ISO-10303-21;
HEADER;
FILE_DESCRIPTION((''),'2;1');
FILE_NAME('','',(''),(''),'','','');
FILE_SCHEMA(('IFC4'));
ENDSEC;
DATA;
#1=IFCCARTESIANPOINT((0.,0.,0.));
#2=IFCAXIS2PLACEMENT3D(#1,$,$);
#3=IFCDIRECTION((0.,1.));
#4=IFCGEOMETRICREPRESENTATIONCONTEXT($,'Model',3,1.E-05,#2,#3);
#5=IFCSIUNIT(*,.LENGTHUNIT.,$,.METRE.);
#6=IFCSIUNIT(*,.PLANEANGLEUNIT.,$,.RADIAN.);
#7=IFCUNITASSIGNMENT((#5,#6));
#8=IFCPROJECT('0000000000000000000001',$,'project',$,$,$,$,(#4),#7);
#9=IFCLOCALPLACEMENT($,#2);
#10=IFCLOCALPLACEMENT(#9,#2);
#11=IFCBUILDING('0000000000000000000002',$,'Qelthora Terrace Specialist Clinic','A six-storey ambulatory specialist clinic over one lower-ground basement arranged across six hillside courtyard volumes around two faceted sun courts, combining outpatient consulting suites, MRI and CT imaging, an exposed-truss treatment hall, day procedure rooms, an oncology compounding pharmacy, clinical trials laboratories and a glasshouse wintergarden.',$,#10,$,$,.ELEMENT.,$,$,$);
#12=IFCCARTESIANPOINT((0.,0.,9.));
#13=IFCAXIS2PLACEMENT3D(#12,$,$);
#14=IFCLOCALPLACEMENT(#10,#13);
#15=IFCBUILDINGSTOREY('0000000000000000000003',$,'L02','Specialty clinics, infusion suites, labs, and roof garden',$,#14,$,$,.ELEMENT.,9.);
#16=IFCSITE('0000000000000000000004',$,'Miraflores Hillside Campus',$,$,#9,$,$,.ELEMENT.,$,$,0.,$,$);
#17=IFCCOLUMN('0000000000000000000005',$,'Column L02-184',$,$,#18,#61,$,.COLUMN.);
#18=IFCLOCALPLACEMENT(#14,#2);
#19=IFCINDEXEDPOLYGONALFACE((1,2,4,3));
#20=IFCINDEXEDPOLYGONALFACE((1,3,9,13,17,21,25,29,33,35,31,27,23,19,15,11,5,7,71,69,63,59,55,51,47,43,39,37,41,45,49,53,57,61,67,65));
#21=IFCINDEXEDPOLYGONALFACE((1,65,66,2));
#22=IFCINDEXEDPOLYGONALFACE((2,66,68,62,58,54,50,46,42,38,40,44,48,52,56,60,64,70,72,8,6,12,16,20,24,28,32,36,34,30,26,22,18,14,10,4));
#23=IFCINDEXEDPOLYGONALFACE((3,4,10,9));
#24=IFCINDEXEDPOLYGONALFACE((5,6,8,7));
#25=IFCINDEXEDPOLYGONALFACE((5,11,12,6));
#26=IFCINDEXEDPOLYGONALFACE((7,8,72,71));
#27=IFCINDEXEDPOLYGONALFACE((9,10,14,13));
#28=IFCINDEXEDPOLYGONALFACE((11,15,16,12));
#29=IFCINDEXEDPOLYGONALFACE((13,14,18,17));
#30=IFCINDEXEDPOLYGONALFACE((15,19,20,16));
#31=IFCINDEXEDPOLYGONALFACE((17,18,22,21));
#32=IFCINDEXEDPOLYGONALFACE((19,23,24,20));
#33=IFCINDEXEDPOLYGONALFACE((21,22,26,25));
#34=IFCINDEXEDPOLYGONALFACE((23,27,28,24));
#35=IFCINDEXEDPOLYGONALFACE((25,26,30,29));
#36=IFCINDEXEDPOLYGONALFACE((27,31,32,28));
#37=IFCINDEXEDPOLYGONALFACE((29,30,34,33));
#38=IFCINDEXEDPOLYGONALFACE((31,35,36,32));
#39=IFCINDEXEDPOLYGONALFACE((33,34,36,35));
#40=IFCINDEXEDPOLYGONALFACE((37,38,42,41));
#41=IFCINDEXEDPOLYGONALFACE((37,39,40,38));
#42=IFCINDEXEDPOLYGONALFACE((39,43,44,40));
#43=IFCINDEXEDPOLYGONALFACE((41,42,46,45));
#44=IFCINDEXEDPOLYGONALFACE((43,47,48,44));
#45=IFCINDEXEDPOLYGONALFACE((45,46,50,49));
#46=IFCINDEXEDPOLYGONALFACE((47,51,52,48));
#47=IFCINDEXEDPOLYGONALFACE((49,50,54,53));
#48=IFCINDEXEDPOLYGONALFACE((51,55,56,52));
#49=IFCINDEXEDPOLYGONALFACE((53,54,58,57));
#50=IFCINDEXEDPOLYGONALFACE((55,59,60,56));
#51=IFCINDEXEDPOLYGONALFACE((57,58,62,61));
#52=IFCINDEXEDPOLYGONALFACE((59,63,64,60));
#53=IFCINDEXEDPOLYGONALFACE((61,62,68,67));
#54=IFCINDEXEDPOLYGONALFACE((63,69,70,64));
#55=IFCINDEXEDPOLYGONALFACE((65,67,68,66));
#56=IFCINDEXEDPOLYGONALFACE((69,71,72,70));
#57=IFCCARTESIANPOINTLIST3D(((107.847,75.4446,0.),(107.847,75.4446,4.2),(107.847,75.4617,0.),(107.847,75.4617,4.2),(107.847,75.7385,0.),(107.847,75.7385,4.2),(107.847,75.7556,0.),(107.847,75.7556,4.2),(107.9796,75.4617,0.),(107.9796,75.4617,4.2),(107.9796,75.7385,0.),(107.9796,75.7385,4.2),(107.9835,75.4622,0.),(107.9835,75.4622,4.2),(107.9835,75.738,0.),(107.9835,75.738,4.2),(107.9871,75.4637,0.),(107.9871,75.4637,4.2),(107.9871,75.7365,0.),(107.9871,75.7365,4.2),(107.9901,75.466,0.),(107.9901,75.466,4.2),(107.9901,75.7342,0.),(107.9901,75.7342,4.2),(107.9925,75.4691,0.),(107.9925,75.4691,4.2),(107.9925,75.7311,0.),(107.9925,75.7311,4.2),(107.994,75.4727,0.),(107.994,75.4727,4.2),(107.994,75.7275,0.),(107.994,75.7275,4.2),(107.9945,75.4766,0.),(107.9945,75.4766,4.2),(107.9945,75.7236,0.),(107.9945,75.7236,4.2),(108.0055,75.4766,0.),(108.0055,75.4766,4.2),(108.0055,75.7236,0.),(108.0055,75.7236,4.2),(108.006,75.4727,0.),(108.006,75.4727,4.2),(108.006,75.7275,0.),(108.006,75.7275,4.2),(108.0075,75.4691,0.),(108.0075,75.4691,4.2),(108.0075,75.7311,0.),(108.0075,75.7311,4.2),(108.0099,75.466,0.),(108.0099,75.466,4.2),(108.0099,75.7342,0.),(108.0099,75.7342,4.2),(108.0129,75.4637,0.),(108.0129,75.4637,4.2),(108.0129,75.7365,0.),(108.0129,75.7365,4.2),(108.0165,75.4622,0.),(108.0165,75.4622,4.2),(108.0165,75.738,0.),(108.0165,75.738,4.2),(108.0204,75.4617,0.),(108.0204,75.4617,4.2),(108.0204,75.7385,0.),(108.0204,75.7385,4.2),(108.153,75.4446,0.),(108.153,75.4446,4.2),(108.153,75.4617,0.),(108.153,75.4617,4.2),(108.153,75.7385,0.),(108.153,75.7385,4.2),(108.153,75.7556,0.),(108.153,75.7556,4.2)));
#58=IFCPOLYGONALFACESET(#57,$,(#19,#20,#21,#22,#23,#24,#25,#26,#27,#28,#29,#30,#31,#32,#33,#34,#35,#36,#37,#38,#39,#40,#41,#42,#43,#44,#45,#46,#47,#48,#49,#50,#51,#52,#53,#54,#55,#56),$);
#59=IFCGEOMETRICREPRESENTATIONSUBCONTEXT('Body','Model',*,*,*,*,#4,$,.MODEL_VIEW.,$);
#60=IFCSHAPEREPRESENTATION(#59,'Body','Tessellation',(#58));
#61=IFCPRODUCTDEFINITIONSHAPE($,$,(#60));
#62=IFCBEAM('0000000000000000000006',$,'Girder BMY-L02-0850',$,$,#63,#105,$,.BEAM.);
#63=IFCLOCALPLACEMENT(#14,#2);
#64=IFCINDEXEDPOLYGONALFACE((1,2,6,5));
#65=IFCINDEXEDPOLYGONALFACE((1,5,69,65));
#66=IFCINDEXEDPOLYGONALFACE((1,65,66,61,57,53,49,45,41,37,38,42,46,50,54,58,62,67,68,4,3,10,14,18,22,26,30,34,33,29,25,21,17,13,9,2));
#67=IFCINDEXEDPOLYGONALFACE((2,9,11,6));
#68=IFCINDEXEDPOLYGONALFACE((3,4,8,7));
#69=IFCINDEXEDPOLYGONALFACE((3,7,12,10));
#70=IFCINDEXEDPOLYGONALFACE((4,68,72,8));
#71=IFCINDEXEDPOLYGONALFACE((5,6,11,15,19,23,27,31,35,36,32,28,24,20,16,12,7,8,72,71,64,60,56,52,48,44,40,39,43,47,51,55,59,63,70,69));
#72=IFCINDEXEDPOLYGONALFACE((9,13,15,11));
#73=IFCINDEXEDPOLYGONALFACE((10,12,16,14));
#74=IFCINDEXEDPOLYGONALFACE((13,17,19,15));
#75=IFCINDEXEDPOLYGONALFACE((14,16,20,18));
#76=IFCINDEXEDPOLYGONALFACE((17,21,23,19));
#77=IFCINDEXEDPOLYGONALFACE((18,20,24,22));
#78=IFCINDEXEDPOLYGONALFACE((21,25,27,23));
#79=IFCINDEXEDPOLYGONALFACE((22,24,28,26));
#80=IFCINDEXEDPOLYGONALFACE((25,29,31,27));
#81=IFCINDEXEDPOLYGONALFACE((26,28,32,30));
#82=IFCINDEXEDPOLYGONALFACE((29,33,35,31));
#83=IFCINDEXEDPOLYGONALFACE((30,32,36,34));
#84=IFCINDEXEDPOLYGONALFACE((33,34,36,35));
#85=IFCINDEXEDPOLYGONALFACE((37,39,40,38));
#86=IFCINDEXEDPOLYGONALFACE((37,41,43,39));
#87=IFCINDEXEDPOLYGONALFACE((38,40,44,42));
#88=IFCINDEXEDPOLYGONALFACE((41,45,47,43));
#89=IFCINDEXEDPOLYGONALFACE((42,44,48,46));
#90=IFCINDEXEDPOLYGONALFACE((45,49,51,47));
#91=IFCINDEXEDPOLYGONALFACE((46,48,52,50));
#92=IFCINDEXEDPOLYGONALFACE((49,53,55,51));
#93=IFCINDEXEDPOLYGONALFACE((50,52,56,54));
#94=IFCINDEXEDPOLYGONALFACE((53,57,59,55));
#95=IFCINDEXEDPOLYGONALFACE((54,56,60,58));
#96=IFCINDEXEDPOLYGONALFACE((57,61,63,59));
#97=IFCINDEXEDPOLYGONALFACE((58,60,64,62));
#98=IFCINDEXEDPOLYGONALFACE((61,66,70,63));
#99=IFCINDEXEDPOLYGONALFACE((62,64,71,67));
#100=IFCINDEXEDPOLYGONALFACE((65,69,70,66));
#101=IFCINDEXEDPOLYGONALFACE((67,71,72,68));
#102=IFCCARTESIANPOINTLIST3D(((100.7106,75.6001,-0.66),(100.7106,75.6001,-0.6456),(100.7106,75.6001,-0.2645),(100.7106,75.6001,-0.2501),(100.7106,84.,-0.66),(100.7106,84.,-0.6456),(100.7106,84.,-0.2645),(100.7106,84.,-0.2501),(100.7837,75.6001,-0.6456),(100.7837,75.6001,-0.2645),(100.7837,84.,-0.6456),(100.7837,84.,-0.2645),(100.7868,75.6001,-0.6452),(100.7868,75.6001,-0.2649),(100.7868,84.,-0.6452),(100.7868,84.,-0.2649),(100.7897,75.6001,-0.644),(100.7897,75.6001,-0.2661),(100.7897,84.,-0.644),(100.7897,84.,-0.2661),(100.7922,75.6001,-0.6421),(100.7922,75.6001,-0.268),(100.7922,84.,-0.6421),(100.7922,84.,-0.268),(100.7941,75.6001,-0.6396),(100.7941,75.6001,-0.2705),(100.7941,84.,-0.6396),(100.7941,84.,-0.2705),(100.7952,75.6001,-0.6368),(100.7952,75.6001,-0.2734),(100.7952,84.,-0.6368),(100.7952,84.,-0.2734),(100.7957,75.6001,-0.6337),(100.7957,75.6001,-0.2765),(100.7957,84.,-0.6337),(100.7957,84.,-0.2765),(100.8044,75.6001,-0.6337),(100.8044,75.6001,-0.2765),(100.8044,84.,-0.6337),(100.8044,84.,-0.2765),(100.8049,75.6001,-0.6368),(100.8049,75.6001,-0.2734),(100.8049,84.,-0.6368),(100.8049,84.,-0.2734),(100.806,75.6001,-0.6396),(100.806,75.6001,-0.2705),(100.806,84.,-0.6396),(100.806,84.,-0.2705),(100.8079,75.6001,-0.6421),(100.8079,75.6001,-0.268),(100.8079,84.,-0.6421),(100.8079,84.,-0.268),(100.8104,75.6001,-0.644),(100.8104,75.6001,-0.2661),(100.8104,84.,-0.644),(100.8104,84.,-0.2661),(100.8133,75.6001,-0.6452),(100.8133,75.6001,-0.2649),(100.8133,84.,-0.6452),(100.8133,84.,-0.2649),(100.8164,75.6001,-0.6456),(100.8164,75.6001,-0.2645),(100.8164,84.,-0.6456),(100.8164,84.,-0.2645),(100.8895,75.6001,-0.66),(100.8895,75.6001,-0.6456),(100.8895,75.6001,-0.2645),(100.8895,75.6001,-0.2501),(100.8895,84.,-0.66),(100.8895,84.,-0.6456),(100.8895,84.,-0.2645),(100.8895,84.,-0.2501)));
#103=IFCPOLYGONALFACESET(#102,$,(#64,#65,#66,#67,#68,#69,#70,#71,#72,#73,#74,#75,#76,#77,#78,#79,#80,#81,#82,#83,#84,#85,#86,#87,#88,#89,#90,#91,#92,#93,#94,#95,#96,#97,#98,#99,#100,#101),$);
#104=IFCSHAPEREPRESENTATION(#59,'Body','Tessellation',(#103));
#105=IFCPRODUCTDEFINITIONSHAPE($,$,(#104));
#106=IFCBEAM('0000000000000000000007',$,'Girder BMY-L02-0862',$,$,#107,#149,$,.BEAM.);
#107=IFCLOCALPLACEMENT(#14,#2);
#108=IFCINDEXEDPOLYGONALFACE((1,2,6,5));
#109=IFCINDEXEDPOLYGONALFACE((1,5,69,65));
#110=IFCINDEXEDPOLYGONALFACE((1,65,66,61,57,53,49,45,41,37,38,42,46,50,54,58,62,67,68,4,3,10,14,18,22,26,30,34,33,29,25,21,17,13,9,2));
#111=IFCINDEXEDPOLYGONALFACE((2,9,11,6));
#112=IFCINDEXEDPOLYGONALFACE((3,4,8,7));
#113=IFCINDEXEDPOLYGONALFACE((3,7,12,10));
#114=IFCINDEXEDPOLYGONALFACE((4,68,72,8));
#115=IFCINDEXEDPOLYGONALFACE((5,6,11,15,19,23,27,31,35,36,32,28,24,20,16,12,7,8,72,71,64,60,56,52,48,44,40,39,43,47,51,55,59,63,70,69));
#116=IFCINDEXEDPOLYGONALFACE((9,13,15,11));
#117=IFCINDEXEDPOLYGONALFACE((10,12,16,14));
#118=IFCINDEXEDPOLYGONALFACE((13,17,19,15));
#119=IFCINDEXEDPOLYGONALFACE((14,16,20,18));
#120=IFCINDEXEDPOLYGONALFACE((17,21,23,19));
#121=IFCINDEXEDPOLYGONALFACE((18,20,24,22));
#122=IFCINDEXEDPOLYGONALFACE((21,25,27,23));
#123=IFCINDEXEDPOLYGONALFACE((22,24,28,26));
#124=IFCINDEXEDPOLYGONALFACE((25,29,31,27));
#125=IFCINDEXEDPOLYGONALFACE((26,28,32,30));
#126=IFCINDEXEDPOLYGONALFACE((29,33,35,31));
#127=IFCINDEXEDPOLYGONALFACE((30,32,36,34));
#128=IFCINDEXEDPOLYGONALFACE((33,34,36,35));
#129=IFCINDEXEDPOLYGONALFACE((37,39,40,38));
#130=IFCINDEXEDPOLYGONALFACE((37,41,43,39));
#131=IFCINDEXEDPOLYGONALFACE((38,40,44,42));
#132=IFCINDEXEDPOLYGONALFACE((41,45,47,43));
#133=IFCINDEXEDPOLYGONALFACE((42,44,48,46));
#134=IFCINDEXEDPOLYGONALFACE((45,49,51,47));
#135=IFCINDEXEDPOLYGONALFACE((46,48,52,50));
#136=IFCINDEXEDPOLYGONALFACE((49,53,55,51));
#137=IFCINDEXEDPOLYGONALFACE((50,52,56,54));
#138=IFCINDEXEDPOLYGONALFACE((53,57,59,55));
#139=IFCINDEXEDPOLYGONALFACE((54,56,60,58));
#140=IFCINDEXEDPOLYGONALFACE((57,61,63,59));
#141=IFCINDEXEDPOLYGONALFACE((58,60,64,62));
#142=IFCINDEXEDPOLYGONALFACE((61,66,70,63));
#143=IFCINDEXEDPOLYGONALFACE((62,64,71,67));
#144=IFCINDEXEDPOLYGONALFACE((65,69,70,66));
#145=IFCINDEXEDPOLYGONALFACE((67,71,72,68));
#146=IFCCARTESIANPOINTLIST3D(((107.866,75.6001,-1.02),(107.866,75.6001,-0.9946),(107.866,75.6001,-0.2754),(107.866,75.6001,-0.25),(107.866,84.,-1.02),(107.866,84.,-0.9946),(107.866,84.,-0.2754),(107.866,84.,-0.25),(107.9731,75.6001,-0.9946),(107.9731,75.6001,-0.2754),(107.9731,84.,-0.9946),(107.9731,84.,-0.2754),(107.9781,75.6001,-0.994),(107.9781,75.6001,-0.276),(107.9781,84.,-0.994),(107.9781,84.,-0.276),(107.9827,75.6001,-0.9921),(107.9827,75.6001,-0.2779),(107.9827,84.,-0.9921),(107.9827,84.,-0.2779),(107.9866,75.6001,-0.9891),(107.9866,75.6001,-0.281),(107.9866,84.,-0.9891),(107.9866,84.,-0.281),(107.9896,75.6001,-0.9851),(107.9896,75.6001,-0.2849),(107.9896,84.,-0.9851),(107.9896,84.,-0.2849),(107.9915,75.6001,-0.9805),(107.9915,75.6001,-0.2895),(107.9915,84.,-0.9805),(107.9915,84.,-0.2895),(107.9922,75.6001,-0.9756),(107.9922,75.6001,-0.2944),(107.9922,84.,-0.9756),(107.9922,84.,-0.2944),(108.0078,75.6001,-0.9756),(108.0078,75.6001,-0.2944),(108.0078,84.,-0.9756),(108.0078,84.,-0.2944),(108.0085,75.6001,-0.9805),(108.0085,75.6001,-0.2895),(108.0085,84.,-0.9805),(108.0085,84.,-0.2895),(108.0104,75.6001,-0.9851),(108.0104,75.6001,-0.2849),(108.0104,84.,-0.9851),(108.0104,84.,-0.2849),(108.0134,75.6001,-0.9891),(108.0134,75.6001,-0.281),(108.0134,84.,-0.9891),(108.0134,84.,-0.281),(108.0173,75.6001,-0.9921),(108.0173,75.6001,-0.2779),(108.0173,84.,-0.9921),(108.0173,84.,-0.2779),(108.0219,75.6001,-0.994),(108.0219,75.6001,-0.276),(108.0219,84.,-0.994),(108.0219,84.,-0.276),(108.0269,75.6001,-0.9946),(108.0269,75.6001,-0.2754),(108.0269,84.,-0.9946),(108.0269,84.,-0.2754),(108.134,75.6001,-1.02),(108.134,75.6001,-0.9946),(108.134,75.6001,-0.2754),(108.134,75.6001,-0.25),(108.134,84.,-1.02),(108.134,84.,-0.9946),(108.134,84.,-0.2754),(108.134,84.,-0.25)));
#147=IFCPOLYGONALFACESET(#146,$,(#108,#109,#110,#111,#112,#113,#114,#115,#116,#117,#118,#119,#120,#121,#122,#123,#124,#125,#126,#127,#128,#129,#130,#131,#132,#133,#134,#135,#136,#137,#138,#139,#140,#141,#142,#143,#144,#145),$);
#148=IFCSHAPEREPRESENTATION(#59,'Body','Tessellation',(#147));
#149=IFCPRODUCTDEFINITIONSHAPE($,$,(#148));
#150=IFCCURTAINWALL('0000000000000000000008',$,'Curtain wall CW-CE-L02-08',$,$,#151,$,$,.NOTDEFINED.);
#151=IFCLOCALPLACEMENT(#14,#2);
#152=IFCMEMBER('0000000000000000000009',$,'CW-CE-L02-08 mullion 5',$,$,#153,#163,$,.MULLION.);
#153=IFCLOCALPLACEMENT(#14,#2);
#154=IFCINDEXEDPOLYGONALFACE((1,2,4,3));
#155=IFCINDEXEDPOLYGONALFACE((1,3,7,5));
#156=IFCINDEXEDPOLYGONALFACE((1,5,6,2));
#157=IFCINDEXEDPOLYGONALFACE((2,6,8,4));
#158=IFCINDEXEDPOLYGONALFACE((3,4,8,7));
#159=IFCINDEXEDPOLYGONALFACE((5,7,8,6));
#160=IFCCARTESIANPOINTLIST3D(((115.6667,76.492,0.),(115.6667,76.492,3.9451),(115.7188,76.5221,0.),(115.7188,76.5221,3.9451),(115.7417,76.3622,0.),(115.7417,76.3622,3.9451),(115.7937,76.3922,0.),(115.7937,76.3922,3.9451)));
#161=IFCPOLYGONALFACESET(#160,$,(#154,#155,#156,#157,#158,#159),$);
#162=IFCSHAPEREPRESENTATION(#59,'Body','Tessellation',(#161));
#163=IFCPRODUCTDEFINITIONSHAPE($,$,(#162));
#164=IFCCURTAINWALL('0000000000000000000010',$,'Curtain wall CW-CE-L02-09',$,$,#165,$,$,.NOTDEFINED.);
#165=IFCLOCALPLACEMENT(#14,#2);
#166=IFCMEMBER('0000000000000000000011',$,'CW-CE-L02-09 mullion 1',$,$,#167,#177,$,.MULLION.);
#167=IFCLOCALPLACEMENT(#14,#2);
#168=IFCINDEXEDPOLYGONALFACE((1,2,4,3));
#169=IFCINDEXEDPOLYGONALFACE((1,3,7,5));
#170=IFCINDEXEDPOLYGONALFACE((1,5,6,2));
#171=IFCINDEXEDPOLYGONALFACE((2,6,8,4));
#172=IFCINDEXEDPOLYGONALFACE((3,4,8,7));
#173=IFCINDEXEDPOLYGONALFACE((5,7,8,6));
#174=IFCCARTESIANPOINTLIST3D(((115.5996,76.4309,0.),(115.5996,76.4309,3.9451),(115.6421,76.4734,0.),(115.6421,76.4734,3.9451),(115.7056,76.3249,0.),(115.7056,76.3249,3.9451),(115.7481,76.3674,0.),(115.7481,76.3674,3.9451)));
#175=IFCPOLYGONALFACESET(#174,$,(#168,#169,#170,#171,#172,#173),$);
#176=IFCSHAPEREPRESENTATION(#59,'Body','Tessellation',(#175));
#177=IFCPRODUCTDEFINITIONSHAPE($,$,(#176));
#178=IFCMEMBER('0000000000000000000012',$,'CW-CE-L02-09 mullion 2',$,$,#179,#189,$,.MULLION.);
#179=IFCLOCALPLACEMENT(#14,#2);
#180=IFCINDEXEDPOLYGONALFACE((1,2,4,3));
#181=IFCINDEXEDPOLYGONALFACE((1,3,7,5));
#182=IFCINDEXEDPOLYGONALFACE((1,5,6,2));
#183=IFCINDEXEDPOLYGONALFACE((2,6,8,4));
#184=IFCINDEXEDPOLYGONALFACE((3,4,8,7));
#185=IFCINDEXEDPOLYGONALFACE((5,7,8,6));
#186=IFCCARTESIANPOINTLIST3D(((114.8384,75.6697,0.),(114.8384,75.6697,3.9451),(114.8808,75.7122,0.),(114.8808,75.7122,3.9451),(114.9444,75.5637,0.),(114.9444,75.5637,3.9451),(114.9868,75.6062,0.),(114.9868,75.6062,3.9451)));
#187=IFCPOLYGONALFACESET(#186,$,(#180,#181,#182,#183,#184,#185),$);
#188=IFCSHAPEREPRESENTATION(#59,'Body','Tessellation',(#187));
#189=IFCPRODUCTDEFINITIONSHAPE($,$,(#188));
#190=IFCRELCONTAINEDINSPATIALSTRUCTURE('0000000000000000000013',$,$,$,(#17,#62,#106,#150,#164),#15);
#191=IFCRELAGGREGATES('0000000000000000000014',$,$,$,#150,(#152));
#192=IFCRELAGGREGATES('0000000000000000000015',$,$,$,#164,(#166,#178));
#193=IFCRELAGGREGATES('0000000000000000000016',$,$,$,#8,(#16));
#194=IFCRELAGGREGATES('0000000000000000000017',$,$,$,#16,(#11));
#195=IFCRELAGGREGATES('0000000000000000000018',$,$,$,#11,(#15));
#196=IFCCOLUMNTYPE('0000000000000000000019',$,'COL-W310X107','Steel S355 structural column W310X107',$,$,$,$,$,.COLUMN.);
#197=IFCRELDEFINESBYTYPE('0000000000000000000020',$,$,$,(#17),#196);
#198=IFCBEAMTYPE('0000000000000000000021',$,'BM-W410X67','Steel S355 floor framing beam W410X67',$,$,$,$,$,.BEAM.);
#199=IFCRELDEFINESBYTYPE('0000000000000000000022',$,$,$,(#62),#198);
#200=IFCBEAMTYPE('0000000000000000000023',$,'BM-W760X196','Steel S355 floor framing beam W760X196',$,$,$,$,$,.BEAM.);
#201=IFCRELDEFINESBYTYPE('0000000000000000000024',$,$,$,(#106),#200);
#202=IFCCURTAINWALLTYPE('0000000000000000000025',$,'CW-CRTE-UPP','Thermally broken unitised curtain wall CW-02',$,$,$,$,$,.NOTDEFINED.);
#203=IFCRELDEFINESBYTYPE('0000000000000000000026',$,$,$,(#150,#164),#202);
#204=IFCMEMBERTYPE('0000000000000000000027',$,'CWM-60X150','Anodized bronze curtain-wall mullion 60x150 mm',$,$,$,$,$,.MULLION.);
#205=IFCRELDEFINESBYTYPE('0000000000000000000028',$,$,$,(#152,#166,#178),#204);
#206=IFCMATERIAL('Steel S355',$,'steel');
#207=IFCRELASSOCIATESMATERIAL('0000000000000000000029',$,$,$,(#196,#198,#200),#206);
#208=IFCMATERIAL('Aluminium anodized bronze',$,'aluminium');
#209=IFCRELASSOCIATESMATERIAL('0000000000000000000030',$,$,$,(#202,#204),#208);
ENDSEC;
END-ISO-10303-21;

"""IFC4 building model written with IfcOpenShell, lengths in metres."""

from ifc_helpers import new_model, si_unit, direction, frame, origin, origin_2d, place, context, subcontext, project, spatial, rectangle, i_section, extrude, material, material_profile, profile_set, type_object, element, aggregate, save


model = new_model("IFC4")

# Units and contexts
model_context = context("Model", 3, precision=1e-05, world=origin(), true_north=direction((0.0, 1.0)))
body_context = subcontext(model_context, "Body", "Model", "MODEL_VIEW")
ifc_project = project(units=[si_unit("LENGTHUNIT", "METRE"), si_unit("PLANEANGLEUNIT", "RADIAN")], contexts=[model_context])

# Site, building, storey
site_placement = place(None, origin())
site = spatial("IfcSite", under=ifc_project, at=site_placement, Name="Miraflores Hillside Campus", CompositionType="ELEMENT", RefElevation=0.0)
building_placement = place(site_placement, origin())
building = spatial("IfcBuilding", under=site, at=building_placement, Name="Qelthora Terrace Specialist Clinic", Description="A six-storey ambulatory specialist clinic over one lower-ground basement arranged across six hillside courtyard volumes around two faceted sun courts, combining outpatient consulting suites, MRI and CT imaging, an exposed-truss treatment hall, day procedure rooms, an oncology compounding pharmacy, clinical trials laboratories and a glasshouse wintergarden.", CompositionType="ELEMENT")
storey_placement = place(building_placement, frame((0.0, 0.0, 9.0)))
storey = spatial("IfcBuildingStorey", under=building, at=storey_placement, Name="L02", Description="Specialty clinics, infusion suites, labs, and roof garden", CompositionType="ELEMENT", Elevation=9.0)

# Column
ifc_material_1 = material(Name="Steel S355", Category="steel")
ifc_material_profile_1 = material_profile(ifc_material_1, i_section(OverallWidth=0.3059, OverallDepth=0.311, WebThickness=0.011, FlangeThickness=0.0171, FilletRadius=0.0149, at=origin_2d()), Name="W310X107")
ifc_profile_set_1 = profile_set([ifc_material_profile_1], Name="Steel S355")
column_type = type_object("IfcColumnType", Name="COL-W310X107", Description="Steel S355 structural column W310X107", PredefinedType="COLUMN", material=ifc_profile_set_1)
column_placement = place(storey_placement, frame((108.0, 75.6001, 0.0), z_axis=(0.0, 0.0, 1.0), x_axis=(1.0, 0.0, 0.0)))
element("IfcColumn", 1, at=column_placement, inside=storey, type_object=column_type, Name="Column L02-184", PredefinedType="COLUMN", context=body_context, shape_type="SweptSolid", body=[
    extrude(i_section(OverallWidth=0.3059, OverallDepth=0.311, WebThickness=0.011, FlangeThickness=0.0171, FilletRadius=0.0149, at=origin_2d()), origin(), (0.0, 0.0, 1.0), 4.2),
])

# Beams
ifc_material_profile_2 = material_profile(ifc_material_1, i_section(OverallWidth=0.179, OverallDepth=0.4099, WebThickness=0.0088, FlangeThickness=0.0144, FilletRadius=0.012, at=origin_2d()), Name="W410X67")
ifc_profile_set_2 = profile_set([ifc_material_profile_2], Name="Steel S355")
beam_type_1 = type_object("IfcBeamType", Name="BM-W410X67", Description="Steel S355 floor framing beam W410X67", PredefinedType="BEAM", material=ifc_profile_set_2)
beam_1_placement = place(storey_placement, frame((100.8, 75.6001, -0.4551), z_axis=(0.0, 1.0, 0.0), x_axis=(-1.0, 0.0, 0.0)))
element("IfcBeam", 2, at=beam_1_placement, inside=storey, type_object=beam_type_1, Name="Girder BMY-L02-0850", PredefinedType="BEAM", context=body_context, shape_type="SweptSolid", body=[
    extrude(i_section(OverallWidth=0.179, OverallDepth=0.4099, WebThickness=0.0088, FlangeThickness=0.0144, FilletRadius=0.012, at=origin_2d()), origin(), (0.0, 0.0, 1.0), 8.3999),
])
ifc_material_profile_3 = material_profile(ifc_material_1, i_section(OverallWidth=0.2681, OverallDepth=0.77, WebThickness=0.0156, FlangeThickness=0.0254, FilletRadius=0.019, at=origin_2d()), Name="W760X196")
ifc_profile_set_3 = profile_set([ifc_material_profile_3], Name="Steel S355")
beam_type_2 = type_object("IfcBeamType", Name="BM-W760X196", Description="Steel S355 floor framing beam W760X196", PredefinedType="BEAM", material=ifc_profile_set_3)
beam_2_placement = place(storey_placement, frame((108.0, 75.6001, -0.635), z_axis=(0.0, 1.0, 0.0), x_axis=(-1.0, 0.0, 0.0)))
element("IfcBeam", 3, at=beam_2_placement, inside=storey, type_object=beam_type_2, Name="Girder BMY-L02-0862", PredefinedType="BEAM", context=body_context, shape_type="SweptSolid", body=[
    extrude(i_section(OverallWidth=0.2681, OverallDepth=0.77, WebThickness=0.0156, FlangeThickness=0.0254, FilletRadius=0.019, at=origin_2d()), origin(), (0.0, 0.0, 1.0), 8.3999),
])

# Curtain wall, member
ifc_material_2 = material(Name="Aluminium anodized bronze", Category="aluminium")
curtain_wall_type = type_object("IfcCurtainWallType", Name="CW-CRTE-UPP", Description="Thermally broken unitised curtain wall CW-02", PredefinedType="NOTDEFINED", material=ifc_material_2)
curtain_wall_1_placement = place(storey_placement, origin())
curtain_wall_1 = element("IfcCurtainWall", 4, at=curtain_wall_1_placement, inside=storey, type_object=curtain_wall_type, Name="Curtain wall CW-CE-L02-08", PredefinedType="NOTDEFINED")
ifc_material_profile_4 = material_profile(ifc_material_2, rectangle(XDim=0.0601, YDim=0.1499, at=origin_2d()), Name="CWM60X150")
ifc_profile_set_4 = profile_set([ifc_material_profile_4], Name="Aluminium anodized bronze")
member_type_1 = type_object("IfcMemberType", Name="CWM-60X150", Description="Anodized bronze curtain-wall mullion 60x150 mm", PredefinedType="MULLION", material=ifc_profile_set_4)
member_1_placement = place(storey_placement, frame((115.7302, 76.4421, 0.0), z_axis=(0.0, 0.0, 1.0), x_axis=(-0.866025, -0.5, 0.0)))
member_1 = element("IfcMember", 5, at=member_1_placement, type_object=member_type_1, Name="CW-CE-L02-08 mullion 5", PredefinedType="MULLION", context=body_context, shape_type="SweptSolid", body=[
    extrude(rectangle(XDim=0.0601, YDim=0.1499, at=origin_2d()), origin(), (0.0, 0.0, 1.0), 3.9451),
])

# Curtain wall, members
curtain_wall_2_placement = place(storey_placement, origin())
curtain_wall_2 = element("IfcCurtainWall", 6, at=curtain_wall_2_placement, inside=storey, type_object=curtain_wall_type, Name="Curtain wall CW-CE-L02-09", PredefinedType="NOTDEFINED")
member_2_placement = place(storey_placement, frame((115.6738, 76.3992, 0.0), z_axis=(0.0, 0.0, 1.0), x_axis=(-0.707107, -0.707107, 0.0)))
member_2 = element("IfcMember", 7, at=member_2_placement, type_object=member_type_1, Name="CW-CE-L02-09 mullion 1", PredefinedType="MULLION", context=body_context, shape_type="SweptSolid", body=[
    extrude(rectangle(XDim=0.0601, YDim=0.1499, at=origin_2d()), origin(), (0.0, 0.0, 1.0), 3.9451),
])
member_3_placement = place(storey_placement, frame((114.9126, 75.6379, 0.0), z_axis=(0.0, 0.0, 1.0), x_axis=(-0.707107, -0.707107, 0.0)))
member_3 = element("IfcMember", 8, at=member_3_placement, type_object=member_type_1, Name="CW-CE-L02-09 mullion 2", PredefinedType="MULLION", context=body_context, shape_type="SweptSolid", body=[
    extrude(rectangle(XDim=0.0601, YDim=0.1499, at=origin_2d()), origin(), (0.0, 0.0, 1.0), 3.9451),
])

aggregate(curtain_wall_1, [member_1])
aggregate(curtain_wall_2, [member_2, member_3])

save(model, "model.ifc")
